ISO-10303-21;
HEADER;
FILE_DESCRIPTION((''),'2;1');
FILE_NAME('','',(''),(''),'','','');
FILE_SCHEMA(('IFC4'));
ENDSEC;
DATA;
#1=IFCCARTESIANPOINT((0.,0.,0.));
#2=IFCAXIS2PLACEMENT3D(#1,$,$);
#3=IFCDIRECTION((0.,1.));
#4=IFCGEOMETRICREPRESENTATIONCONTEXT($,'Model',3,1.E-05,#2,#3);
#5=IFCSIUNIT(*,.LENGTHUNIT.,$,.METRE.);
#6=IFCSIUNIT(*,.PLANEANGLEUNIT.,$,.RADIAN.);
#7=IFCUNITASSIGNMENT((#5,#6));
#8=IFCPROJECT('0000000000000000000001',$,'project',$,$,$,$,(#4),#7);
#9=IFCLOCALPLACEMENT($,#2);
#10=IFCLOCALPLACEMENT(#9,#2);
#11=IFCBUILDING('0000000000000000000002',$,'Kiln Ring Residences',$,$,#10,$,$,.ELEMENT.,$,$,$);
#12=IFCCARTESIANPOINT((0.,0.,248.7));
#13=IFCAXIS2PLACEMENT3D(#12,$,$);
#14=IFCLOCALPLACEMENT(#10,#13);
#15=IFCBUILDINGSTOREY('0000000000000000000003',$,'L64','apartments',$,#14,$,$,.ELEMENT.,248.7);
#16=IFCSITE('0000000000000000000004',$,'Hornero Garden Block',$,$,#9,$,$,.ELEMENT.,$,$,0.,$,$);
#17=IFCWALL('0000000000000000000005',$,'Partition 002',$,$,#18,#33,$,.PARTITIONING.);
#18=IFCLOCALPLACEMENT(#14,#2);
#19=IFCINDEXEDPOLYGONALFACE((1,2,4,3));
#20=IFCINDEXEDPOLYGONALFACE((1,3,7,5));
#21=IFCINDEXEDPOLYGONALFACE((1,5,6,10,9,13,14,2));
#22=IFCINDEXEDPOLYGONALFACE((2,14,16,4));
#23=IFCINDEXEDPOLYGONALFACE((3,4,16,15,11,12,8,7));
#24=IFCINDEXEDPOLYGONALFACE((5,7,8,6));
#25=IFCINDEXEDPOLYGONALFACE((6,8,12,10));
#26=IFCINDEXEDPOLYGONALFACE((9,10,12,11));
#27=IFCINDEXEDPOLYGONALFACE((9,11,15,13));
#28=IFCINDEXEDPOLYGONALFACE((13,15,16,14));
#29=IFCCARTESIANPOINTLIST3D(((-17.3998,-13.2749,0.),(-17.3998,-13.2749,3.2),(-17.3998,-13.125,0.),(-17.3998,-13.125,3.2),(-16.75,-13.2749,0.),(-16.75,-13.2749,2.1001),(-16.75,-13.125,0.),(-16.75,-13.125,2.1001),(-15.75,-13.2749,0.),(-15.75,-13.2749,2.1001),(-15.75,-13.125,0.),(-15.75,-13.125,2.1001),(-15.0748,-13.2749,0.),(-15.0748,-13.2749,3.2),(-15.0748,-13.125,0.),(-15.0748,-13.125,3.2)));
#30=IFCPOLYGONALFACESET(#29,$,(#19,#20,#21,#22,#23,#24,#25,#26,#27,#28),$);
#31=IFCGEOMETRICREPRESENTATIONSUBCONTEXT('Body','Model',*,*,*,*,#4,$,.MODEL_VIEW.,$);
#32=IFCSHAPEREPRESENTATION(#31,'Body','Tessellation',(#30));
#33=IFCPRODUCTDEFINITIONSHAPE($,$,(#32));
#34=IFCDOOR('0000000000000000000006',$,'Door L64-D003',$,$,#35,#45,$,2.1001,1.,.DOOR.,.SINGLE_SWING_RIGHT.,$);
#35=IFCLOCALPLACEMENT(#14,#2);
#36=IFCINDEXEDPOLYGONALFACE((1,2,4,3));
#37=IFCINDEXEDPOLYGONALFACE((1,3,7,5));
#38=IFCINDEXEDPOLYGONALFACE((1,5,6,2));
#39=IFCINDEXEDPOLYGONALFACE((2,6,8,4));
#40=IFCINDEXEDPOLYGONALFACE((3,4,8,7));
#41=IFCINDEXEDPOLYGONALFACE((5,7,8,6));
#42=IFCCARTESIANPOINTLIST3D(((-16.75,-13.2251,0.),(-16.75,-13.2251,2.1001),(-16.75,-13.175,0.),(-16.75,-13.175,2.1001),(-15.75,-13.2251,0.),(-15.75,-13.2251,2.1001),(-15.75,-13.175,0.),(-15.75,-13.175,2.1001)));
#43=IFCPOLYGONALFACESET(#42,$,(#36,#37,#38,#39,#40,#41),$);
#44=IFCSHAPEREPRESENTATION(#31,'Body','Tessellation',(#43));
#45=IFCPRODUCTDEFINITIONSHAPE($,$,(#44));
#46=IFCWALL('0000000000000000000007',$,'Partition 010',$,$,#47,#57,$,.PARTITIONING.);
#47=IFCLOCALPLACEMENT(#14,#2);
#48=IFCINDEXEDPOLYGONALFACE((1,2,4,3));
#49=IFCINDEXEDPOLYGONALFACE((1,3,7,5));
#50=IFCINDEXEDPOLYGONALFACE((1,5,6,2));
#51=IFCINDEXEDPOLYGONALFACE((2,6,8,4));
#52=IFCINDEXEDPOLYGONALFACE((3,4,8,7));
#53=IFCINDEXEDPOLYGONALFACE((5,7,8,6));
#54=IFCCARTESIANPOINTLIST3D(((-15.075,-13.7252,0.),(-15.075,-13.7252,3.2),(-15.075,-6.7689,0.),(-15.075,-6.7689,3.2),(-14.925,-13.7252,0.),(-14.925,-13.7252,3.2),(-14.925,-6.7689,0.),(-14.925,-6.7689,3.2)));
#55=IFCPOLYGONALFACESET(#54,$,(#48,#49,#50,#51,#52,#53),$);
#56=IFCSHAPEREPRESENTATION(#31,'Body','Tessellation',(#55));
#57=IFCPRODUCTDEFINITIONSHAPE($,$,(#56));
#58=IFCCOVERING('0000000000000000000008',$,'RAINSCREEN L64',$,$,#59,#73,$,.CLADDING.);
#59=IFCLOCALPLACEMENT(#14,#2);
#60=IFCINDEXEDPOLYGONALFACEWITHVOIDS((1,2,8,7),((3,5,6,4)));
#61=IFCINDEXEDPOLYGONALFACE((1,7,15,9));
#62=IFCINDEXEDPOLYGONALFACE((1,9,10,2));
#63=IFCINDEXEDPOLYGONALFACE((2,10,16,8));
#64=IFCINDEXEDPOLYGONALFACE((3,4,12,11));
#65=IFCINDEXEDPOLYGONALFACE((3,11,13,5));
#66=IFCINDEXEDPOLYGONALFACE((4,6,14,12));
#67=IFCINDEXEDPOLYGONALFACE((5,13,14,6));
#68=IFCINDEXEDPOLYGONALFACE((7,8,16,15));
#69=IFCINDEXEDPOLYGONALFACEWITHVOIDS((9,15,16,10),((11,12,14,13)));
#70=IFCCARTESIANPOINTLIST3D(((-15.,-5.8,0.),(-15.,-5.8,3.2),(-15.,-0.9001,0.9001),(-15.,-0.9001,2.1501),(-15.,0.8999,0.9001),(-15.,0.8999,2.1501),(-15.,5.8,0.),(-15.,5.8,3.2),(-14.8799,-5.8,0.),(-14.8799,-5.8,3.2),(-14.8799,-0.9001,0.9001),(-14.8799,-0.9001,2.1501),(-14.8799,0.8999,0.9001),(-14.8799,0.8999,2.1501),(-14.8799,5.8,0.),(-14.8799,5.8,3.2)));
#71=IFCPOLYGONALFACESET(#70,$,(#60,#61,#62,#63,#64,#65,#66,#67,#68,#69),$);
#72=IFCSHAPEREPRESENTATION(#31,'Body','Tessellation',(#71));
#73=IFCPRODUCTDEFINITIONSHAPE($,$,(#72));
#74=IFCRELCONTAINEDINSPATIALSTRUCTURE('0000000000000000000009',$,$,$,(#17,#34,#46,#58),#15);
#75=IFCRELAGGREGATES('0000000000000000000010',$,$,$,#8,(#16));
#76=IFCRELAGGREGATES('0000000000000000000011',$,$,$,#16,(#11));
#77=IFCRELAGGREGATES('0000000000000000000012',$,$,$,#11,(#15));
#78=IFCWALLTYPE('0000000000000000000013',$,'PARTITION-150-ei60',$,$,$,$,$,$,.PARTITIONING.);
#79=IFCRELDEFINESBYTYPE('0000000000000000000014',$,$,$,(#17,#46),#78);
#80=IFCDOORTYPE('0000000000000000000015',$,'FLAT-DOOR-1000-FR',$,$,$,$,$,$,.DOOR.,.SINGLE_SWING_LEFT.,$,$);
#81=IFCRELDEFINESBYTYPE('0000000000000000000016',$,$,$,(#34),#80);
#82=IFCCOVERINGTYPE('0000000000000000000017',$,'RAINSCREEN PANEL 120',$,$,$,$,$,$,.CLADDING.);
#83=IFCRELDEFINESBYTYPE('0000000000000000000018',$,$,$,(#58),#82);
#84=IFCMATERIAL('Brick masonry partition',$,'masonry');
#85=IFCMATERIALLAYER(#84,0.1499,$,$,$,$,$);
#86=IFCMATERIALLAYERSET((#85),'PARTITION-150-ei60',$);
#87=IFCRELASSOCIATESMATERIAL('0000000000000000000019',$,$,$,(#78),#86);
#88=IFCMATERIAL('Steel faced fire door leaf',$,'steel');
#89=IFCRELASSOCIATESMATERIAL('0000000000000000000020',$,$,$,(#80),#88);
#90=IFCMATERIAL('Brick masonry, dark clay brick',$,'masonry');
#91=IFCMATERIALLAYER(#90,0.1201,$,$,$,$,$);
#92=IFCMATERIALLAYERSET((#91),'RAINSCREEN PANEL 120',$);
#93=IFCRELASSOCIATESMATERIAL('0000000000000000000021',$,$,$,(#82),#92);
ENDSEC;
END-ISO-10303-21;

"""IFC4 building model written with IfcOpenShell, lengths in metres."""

from ifc_helpers import new_model, si_unit, direction, frame, frame_2d, origin, place, context, subcontext, project, spatial, polyline, rectangle, outline, extrude, material, layer, layer_set, type_object, element, fill, save


model = new_model("IFC4")

# Units and contexts
model_context = context("Model", 3, precision=1e-05, world=origin(), true_north=direction((0.0, 1.0)))
body_context = subcontext(model_context, "Body", "Model", "MODEL_VIEW")
ifc_project = project(units=[si_unit("LENGTHUNIT", "METRE"), si_unit("PLANEANGLEUNIT", "RADIAN")], contexts=[model_context])

# Site, building, storey
site_placement = place(None, origin())
site = spatial("IfcSite", under=ifc_project, at=site_placement, Name="Hornero Garden Block", CompositionType="ELEMENT", RefElevation=0.0)
building_placement = place(site_placement, origin())
building = spatial("IfcBuilding", under=site, at=building_placement, Name="Kiln Ring Residences", CompositionType="ELEMENT")
storey_placement = place(building_placement, frame((0.0, 0.0, 248.7)))
storey = spatial("IfcBuildingStorey", under=building, at=storey_placement, Name="L64", Description="apartments", CompositionType="ELEMENT", Elevation=248.7)

# Shared definitions
ifc_material_1 = material(Name="Brick masonry partition", Category="masonry")
ifc_layer_1 = layer(ifc_material_1, 0.1499)
ifc_layer_set_1 = layer_set([ifc_layer_1], Name="PARTITION-150-ei60")
wall_type_1 = type_object("IfcWallType", Name="PARTITION-150-ei60", PredefinedType="PARTITIONING", material=ifc_layer_set_1)
ifc_material_2 = material(Name="Steel faced fire door leaf", Category="steel")
door_type_1 = type_object("IfcDoorType", Name="FLAT-DOOR-1000-FR", OperationType="SINGLE_SWING_LEFT", PredefinedType="DOOR", material=ifc_material_2)

# Wall, opening, door
wall_1_placement = place(storey_placement, frame((-17.3999, -13.2, 0.0), z_axis=(0.0, 0.0, 1.0), x_axis=(1.0, 0.0, 0.0)))
wall_1 = element("IfcWall", 1, at=wall_1_placement, inside=storey, type_object=wall_type_1, Name="Partition 002", PredefinedType="PARTITIONING", context=body_context, shape_type="SweptSolid", body=[
    extrude(rectangle(XDim=2.325, YDim=0.1499, at=frame_2d((1.1626, 0.0))), origin(), (0.0, 0.0, 1.0), 3.2),
])
opening_1_placement = place(wall_1_placement, frame((0.6499, 0.0, 0.0)))
opening_1 = element("IfcOpeningElement", 2, at=opening_1_placement, cuts=wall_1, PredefinedType="OPENING", context=body_context, shape_type="SweptSolid", body=[
    extrude(rectangle(XDim=1.0, YDim=2.1001, at=frame_2d((0.5, 1.05))), frame((0.0, 0.085, 0.0), z_axis=(0.0, -1.0, 0.0), x_axis=(1.0, 0.0, 0.0)), (0.0, 0.0, 1.0), 0.1699),
])
door_1_placement = place(opening_1_placement, origin())
door_1 = element("IfcDoor", 3, at=door_1_placement, inside=storey, type_object=door_type_1, Name="Door L64-D003", OperationType="SINGLE_SWING_RIGHT", OverallHeight=2.1001, OverallWidth=1.0, PredefinedType="DOOR", context=body_context, shape_type="SweptSolid", body=[
    extrude(rectangle(XDim=1.0, YDim=2.1001, at=frame_2d((0.5, 1.05))), frame((0.0, 0.0249, 0.0), z_axis=(0.0, -1.0, 0.0), x_axis=(1.0, 0.0, 0.0)), (0.0, 0.0, 1.0), 0.05),
])
fill(opening_1, door_1)

# Wall
wall_2_placement = place(storey_placement, frame((-15.0, -13.7251, 0.0), z_axis=(0.0, 0.0, 1.0), x_axis=(0.0, 1.0, 0.0)))
element("IfcWall", 4, at=wall_2_placement, inside=storey, type_object=wall_type_1, Name="Partition 010", PredefinedType="PARTITIONING", context=body_context, shape_type="SweptSolid", body=[
    extrude(rectangle(XDim=6.9563, YDim=0.1499, at=frame_2d((3.478, 0.0))), origin(), (0.0, 0.0, 1.0), 3.2),
])

# Covering
ifc_material_3 = material(Name="Brick masonry, dark clay brick", Category="masonry")
ifc_layer_2 = layer(ifc_material_3, 0.1201)
ifc_layer_set_2 = layer_set([ifc_layer_2], Name="RAINSCREEN PANEL 120")
covering_type = type_object("IfcCoveringType", Name="RAINSCREEN PANEL 120", PredefinedType="CLADDING", material=ifc_layer_set_2)
covering_placement = place(storey_placement, frame((-14.9399, -5.8, 0.0), z_axis=(0.0, 0.0, 1.0), x_axis=(0.0, 1.0, 0.0)))
element("IfcCovering", 5, at=covering_placement, inside=storey, type_object=covering_type, Name="RAINSCREEN L64", PredefinedType="CLADDING", context=body_context, shape_type="SweptSolid", body=[
    extrude(outline(polyline([(0.0, 0.0), (11.6001, 0.0), (11.6001, 3.2), (0.0, 3.2), (0.0, 0.0)]), holes=[polyline([(4.8999, 2.1501), (4.8999, 0.9001), (6.7, 0.9001), (6.7, 2.1501), (4.8999, 2.1501)])]), frame((0.0, 0.0601, 0.0), z_axis=(0.0, -1.0, 0.0), x_axis=(1.0, 0.0, 0.0)), (0.0, 0.0, 1.0), 0.1201),
])

save(model, "model.ifc")
